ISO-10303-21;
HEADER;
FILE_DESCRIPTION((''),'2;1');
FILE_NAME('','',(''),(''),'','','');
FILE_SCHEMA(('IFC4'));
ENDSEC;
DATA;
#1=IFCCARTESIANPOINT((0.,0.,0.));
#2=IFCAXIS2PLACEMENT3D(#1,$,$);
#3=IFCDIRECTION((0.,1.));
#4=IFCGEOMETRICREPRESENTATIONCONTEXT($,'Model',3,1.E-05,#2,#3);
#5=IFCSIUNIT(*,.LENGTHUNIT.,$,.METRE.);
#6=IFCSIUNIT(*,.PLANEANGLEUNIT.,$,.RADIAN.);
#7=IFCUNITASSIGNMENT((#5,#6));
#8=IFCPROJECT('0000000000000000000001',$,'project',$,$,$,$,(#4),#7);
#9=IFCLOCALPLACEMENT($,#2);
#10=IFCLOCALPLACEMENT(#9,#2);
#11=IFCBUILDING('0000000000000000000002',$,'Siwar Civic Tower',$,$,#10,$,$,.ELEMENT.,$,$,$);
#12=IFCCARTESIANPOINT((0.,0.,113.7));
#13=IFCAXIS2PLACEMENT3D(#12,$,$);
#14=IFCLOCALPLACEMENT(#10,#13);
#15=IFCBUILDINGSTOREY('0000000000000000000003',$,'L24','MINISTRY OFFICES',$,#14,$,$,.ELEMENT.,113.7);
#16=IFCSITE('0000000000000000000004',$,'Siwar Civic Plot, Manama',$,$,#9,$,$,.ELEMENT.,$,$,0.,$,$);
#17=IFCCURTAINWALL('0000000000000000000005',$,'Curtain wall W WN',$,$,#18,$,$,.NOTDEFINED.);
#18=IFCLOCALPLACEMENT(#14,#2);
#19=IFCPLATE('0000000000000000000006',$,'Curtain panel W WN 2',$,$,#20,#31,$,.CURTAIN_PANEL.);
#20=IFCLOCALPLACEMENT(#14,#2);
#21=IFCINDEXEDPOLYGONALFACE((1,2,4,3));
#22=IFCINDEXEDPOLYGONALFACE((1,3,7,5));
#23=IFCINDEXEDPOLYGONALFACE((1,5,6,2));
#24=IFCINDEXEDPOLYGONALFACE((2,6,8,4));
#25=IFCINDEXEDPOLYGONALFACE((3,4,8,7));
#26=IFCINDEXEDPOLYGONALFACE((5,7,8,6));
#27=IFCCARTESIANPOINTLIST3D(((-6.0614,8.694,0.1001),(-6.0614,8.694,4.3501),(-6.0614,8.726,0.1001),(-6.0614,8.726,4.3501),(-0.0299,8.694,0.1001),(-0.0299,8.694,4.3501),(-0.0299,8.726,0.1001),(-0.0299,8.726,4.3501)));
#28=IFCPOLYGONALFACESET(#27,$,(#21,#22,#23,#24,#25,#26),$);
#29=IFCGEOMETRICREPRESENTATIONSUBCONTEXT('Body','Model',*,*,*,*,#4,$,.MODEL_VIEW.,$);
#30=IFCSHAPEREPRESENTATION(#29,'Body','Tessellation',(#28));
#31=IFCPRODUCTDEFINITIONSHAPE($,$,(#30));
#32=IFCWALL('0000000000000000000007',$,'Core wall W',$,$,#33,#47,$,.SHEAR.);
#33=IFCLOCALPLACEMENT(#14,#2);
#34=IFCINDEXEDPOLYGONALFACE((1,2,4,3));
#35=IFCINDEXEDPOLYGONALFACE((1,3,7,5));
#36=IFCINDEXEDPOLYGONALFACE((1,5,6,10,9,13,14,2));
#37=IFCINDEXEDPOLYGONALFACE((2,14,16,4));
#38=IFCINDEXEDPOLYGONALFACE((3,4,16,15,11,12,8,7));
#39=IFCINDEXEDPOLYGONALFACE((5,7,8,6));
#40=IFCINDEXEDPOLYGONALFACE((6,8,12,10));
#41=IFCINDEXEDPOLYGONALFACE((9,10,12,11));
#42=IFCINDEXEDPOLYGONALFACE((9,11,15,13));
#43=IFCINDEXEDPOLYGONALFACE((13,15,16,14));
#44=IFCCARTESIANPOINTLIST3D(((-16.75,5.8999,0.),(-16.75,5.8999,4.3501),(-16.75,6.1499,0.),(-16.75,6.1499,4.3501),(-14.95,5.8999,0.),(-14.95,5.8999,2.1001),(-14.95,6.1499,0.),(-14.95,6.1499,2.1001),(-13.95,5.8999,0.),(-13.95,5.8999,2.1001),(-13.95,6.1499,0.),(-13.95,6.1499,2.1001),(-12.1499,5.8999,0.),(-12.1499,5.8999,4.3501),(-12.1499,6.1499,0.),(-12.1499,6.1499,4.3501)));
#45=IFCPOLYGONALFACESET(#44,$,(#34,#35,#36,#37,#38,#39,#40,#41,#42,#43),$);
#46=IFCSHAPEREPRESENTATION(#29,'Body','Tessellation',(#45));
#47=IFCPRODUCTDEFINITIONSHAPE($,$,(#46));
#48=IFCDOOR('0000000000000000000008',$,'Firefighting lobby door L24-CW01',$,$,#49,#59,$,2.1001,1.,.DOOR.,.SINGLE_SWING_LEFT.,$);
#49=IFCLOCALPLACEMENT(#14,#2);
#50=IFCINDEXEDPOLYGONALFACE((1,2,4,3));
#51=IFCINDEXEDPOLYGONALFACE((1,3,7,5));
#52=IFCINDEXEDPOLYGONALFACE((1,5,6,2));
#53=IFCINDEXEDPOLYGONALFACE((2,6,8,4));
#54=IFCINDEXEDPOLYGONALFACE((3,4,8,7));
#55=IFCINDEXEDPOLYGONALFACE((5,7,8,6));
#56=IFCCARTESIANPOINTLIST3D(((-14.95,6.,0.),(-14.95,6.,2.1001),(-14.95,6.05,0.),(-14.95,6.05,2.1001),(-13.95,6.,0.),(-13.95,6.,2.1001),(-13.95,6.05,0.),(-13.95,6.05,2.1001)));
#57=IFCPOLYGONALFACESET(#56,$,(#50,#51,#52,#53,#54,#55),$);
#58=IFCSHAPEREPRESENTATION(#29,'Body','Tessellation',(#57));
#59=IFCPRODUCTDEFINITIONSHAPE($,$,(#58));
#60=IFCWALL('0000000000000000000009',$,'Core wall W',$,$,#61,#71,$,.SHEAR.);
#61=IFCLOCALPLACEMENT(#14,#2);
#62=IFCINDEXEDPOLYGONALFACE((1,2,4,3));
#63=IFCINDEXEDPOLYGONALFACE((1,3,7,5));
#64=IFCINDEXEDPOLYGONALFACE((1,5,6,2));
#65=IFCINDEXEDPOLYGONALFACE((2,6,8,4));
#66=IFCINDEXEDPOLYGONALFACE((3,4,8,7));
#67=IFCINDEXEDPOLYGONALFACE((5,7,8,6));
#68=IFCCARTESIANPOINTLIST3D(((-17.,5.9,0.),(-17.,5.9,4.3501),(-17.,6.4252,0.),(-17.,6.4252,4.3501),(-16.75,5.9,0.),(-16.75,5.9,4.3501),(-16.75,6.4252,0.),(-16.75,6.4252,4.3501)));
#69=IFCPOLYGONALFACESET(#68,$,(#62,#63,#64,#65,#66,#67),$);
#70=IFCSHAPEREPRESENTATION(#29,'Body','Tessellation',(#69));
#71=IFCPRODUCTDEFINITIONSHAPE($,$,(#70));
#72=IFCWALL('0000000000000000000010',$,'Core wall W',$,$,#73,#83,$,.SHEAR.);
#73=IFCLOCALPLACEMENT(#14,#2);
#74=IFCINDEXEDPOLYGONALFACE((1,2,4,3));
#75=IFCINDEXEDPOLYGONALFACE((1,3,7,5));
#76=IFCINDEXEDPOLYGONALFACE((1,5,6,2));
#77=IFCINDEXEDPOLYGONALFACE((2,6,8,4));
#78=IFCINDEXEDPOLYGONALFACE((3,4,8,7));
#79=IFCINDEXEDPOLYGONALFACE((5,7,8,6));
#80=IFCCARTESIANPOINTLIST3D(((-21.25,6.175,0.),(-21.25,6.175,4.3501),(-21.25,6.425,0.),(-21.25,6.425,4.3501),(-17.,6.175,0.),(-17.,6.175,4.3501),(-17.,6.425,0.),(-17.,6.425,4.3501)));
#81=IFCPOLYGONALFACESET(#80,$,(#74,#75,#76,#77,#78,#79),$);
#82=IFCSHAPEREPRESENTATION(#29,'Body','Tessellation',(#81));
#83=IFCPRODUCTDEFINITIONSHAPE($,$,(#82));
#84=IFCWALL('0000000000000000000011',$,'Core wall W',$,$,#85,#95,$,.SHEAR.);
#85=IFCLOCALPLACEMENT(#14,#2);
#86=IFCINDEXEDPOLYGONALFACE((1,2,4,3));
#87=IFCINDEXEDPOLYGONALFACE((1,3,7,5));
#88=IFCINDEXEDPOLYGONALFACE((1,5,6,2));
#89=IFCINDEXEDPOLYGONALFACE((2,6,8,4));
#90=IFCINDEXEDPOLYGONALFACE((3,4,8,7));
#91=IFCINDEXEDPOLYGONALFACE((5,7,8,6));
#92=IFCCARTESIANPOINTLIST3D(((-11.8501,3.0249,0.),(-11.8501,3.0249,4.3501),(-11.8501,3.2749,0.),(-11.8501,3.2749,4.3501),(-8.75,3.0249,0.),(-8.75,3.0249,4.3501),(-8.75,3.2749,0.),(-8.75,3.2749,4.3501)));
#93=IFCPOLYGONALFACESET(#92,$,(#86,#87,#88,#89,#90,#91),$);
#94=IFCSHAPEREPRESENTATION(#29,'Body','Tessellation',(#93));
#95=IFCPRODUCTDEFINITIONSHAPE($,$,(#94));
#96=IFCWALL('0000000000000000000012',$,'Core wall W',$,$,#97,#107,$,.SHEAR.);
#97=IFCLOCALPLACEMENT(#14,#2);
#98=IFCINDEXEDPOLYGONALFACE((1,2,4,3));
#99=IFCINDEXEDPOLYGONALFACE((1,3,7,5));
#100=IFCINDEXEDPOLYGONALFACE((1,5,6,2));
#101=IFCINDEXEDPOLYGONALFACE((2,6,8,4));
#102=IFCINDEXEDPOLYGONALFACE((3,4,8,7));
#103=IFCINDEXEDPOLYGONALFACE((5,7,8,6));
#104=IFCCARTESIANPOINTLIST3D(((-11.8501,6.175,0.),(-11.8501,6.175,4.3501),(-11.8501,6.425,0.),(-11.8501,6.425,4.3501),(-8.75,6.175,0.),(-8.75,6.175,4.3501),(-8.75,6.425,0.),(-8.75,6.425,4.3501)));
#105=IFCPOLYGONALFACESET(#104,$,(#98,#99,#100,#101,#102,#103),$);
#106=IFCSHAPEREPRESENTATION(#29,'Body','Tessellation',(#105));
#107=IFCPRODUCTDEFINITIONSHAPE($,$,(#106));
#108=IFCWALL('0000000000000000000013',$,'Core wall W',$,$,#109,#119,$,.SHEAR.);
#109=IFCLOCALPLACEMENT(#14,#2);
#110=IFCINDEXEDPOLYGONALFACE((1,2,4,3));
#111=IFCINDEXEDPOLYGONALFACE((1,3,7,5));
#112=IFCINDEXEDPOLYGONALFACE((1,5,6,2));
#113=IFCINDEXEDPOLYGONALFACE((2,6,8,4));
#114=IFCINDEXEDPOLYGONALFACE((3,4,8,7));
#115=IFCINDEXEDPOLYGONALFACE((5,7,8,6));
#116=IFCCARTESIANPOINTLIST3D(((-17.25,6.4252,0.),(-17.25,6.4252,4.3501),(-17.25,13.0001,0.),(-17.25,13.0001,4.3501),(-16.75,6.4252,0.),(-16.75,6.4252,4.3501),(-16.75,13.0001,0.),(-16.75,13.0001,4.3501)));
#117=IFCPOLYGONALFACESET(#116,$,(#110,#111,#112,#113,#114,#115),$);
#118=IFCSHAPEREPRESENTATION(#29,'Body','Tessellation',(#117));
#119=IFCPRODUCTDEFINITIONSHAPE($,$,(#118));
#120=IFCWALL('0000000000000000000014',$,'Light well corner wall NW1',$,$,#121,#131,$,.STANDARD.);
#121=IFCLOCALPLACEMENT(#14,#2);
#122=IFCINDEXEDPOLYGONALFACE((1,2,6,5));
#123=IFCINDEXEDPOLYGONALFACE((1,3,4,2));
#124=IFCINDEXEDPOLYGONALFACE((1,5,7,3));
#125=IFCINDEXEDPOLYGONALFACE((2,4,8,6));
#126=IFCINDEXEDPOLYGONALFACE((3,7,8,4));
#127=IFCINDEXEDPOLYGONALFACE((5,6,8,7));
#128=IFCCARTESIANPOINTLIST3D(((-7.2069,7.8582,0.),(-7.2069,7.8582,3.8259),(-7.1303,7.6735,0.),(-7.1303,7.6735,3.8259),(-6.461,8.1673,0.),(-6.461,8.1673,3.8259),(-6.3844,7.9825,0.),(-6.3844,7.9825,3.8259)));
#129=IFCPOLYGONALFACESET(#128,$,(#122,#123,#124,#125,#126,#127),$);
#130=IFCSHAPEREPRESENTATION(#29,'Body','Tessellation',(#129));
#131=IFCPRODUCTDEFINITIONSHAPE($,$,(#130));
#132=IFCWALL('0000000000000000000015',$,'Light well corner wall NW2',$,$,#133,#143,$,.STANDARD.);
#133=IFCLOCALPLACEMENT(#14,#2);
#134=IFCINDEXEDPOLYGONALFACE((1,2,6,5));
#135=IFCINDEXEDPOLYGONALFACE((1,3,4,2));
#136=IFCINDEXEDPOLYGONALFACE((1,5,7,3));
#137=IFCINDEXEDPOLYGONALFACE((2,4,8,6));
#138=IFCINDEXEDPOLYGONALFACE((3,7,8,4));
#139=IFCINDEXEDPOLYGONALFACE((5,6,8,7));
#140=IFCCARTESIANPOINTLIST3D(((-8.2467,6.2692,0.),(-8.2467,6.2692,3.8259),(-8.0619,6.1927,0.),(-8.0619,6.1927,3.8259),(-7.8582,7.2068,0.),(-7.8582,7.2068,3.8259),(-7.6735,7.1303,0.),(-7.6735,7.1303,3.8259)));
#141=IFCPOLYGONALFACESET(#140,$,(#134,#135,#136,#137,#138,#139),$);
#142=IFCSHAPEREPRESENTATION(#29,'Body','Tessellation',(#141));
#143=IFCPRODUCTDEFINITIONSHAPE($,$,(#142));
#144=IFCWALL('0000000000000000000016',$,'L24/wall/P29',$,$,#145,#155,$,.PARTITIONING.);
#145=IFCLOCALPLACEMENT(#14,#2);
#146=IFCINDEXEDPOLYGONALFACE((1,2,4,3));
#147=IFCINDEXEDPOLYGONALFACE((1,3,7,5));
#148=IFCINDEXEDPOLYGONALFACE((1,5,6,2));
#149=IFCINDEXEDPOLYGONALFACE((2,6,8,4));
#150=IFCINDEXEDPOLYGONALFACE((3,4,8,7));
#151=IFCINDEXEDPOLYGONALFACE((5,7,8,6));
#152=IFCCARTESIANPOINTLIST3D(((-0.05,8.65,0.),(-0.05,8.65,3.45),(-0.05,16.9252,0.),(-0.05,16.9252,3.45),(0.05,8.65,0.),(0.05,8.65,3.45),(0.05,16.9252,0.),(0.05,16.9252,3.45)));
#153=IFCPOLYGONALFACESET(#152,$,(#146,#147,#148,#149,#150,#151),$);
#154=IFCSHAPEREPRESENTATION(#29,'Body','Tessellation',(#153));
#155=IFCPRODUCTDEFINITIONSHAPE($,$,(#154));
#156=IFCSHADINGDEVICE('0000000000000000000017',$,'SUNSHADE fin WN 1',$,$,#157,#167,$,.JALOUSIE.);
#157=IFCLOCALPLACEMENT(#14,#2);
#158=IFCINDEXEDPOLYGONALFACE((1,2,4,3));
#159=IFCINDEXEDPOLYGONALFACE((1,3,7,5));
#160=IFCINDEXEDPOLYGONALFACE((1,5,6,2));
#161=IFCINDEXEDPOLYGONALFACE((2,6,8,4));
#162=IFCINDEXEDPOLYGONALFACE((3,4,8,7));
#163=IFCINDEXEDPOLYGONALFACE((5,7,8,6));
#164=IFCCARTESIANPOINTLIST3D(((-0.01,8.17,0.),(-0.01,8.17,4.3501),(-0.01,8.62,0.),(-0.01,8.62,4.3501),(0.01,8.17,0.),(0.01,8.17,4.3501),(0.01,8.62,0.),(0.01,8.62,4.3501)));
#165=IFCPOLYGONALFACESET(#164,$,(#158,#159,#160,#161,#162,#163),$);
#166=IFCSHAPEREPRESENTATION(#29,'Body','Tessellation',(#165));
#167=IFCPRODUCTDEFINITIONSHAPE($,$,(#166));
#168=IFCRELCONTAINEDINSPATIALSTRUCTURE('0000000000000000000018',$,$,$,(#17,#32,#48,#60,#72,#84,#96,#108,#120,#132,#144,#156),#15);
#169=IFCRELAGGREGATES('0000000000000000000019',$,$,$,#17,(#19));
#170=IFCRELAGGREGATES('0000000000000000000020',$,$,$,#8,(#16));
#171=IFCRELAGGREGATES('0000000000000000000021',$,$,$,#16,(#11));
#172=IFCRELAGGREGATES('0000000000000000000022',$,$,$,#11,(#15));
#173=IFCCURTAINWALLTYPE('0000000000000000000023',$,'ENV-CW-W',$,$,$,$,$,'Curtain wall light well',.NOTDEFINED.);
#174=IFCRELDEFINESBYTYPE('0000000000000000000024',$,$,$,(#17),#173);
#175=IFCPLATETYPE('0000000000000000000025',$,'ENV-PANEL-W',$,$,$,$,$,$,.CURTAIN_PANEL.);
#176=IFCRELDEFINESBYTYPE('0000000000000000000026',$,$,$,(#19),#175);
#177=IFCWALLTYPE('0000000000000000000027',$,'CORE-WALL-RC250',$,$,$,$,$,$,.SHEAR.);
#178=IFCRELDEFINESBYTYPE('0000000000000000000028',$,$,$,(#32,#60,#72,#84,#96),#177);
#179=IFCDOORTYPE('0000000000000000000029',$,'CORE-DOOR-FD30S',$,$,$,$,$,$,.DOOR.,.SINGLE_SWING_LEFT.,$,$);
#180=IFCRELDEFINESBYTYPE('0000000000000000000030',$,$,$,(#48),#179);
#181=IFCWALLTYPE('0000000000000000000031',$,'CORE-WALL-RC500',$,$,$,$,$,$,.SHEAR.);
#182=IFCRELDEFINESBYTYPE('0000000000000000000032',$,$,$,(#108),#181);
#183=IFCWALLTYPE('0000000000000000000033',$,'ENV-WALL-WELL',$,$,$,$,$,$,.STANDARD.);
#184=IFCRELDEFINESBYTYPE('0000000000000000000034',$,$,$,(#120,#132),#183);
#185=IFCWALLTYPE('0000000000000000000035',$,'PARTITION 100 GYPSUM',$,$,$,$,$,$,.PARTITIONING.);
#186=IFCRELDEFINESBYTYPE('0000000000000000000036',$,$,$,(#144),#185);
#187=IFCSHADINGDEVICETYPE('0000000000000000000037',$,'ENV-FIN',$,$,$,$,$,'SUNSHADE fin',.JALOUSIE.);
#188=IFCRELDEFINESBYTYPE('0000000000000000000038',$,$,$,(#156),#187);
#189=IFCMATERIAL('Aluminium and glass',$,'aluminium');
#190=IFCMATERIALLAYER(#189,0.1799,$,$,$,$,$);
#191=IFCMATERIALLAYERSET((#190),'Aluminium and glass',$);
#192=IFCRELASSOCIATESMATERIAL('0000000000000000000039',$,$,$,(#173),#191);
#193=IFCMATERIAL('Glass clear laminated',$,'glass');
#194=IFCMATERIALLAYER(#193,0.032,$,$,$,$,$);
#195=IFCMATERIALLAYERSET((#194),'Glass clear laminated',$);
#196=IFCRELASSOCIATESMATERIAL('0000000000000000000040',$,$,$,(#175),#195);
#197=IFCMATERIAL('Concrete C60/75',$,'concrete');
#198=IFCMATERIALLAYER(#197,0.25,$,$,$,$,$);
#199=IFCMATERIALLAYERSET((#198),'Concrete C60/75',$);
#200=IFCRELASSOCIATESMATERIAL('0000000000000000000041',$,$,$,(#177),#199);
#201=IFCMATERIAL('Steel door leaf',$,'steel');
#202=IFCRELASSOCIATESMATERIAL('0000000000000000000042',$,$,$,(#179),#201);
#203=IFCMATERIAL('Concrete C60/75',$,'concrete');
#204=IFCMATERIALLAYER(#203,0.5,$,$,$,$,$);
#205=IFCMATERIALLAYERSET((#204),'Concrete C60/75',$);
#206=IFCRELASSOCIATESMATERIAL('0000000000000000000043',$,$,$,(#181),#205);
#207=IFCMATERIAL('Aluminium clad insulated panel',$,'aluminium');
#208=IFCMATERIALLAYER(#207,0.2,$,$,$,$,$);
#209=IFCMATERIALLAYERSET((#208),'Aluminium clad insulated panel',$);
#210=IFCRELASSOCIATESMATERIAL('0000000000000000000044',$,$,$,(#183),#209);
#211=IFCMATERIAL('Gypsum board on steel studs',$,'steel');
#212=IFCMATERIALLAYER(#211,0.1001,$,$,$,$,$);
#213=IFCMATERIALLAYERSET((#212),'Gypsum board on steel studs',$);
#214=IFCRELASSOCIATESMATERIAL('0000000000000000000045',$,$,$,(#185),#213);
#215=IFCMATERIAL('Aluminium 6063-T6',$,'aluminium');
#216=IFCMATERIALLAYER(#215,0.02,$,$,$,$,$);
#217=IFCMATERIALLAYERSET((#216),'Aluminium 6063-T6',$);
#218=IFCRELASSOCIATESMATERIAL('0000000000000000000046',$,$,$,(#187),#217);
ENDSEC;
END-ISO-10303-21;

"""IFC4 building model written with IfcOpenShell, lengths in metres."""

from ifc_helpers import new_model, si_unit, direction, frame, frame_2d, origin, origin_2d, place, context, subcontext, project, spatial, rectangle, extrude, material, layer, layer_set, type_object, element, fill, aggregate, save


model = new_model("IFC4")

# Units and contexts
model_context = context("Model", 3, precision=1e-05, world=origin(), true_north=direction((0.0, 1.0)))
body_context = subcontext(model_context, "Body", "Model", "MODEL_VIEW")
ifc_project = project(units=[si_unit("LENGTHUNIT", "METRE"), si_unit("PLANEANGLEUNIT", "RADIAN")], contexts=[model_context])

# Site, building, storey
site_placement = place(None, origin())
site = spatial("IfcSite", under=ifc_project, at=site_placement, Name="Siwar Civic Plot, Manama", CompositionType="ELEMENT", RefElevation=0.0)
building_placement = place(site_placement, origin())
building = spatial("IfcBuilding", under=site, at=building_placement, Name="Siwar Civic Tower", CompositionType="ELEMENT")
storey_placement = place(building_placement, frame((0.0, 0.0, 113.7)))
storey = spatial("IfcBuildingStorey", under=building, at=storey_placement, Name="L24", Description="MINISTRY OFFICES", CompositionType="ELEMENT", Elevation=113.7)

# Curtain wall
ifc_material_1 = material(Name="Aluminium and glass", Category="aluminium")
ifc_layer_1 = layer(ifc_material_1, 0.1799)
ifc_layer_set_1 = layer_set([ifc_layer_1], Name="Aluminium and glass")
curtain_wall_type = type_object("IfcCurtainWallType", Name="ENV-CW-W", ElementType="Curtain wall light well", PredefinedType="NOTDEFINED", material=ifc_layer_set_1)
curtain_wall_placement = place(storey_placement, origin())
curtain_wall = element("IfcCurtainWall", 1, at=curtain_wall_placement, inside=storey, type_object=curtain_wall_type, Name="Curtain wall W WN", PredefinedType="NOTDEFINED")

# Plate
ifc_material_2 = material(Name="Glass clear laminated", Category="glass")
ifc_layer_2 = layer(ifc_material_2, 0.032)
ifc_layer_set_2 = layer_set([ifc_layer_2], Name="Glass clear laminated")
plate_type = type_object("IfcPlateType", Name="ENV-PANEL-W", PredefinedType="CURTAIN_PANEL", material=ifc_layer_set_2)
plate_placement = place(storey_placement, frame((-3.0457, 8.71, 0.1001), z_axis=(0.0, 0.0, 1.0), x_axis=(-1.0, 0.0, 0.0)))
plate = element("IfcPlate", 2, at=plate_placement, type_object=plate_type, Name="Curtain panel W WN 2", PredefinedType="CURTAIN_PANEL", context=body_context, shape_type="SweptSolid", body=[
    extrude(rectangle(XDim=6.0315, YDim=0.032, at=origin_2d()), origin(), (0.0, 0.0, 1.0), 4.25),
])
aggregate(curtain_wall, [plate])

# Wall, opening, door
ifc_material_3 = material(Name="Concrete C60/75", Category="concrete")
ifc_layer_3 = layer(ifc_material_3, 0.25)
ifc_layer_set_3 = layer_set([ifc_layer_3], Name="Concrete C60/75")
wall_type_1 = type_object("IfcWallType", Name="CORE-WALL-RC250", PredefinedType="SHEAR", material=ifc_layer_set_3)
wall_1_placement = place(storey_placement, frame((-12.1499, 6.0249, 0.0), z_axis=(0.0, 0.0, 1.0), x_axis=(-1.0, 0.0, 0.0)))
wall_1 = element("IfcWall", 3, at=wall_1_placement, inside=storey, type_object=wall_type_1, Name="Core wall W", PredefinedType="SHEAR", context=body_context, shape_type="SweptSolid", body=[
    extrude(rectangle(XDim=4.6001, YDim=0.25, at=frame_2d((2.3, 0.0))), origin(), (0.0, 0.0, 1.0), 4.3501),
])
opening_placement = place(wall_1_placement, frame((1.8, 0.0, 0.0)))
opening = element("IfcOpeningElement", 4, at=opening_placement, cuts=wall_1, PredefinedType="OPENING", context=body_context, shape_type="SweptSolid", body=[
    extrude(rectangle(XDim=1.0, YDim=2.1001, at=frame_2d((0.5, 1.05))), frame((0.0, 0.135, 0.0), z_axis=(0.0, -1.0, 0.0), x_axis=(1.0, 0.0, 0.0)), (0.0, 0.0, 1.0), 0.27),
])
ifc_material_4 = material(Name="Steel door leaf", Category="steel")
door_type = type_object("IfcDoorType", Name="CORE-DOOR-FD30S", OperationType="SINGLE_SWING_LEFT", PredefinedType="DOOR", material=ifc_material_4)
door_placement = place(opening_placement, origin())
door = element("IfcDoor", 5, at=door_placement, inside=storey, type_object=door_type, Name="Firefighting lobby door L24-CW01", OperationType="SINGLE_SWING_LEFT", OverallHeight=2.1001, OverallWidth=1.0, PredefinedType="DOOR", context=body_context, shape_type="SweptSolid", body=[
    extrude(rectangle(XDim=1.0, YDim=2.1001, at=frame_2d((0.5, 1.05))), frame((0.0, 0.0249, 0.0), z_axis=(0.0, -1.0, 0.0), x_axis=(1.0, 0.0, 0.0)), (0.0, 0.0, 1.0), 0.05),
])
fill(opening, door)

# Walls
wall_2_placement = place(storey_placement, frame((-16.875, 5.8999, 0.0), z_axis=(0.0, 0.0, 1.0), x_axis=(0.0, 1.0, 0.0)))
element("IfcWall", 6, at=wall_2_placement, inside=storey, type_object=wall_type_1, Name="Core wall W", PredefinedType="SHEAR", context=body_context, shape_type="SweptSolid", body=[
    extrude(rectangle(XDim=0.5251, YDim=0.25, at=frame_2d((0.2627, 0.0))), origin(), (0.0, 0.0, 1.0), 4.3501),
])
wall_3_placement = place(storey_placement, frame((-17.0, 6.3, 0.0), z_axis=(0.0, 0.0, 1.0), x_axis=(-1.0, 0.0, 0.0)))
element("IfcWall", 7, at=wall_3_placement, inside=storey, type_object=wall_type_1, Name="Core wall W", PredefinedType="SHEAR", context=body_context, shape_type="SweptSolid", body=[
    extrude(rectangle(XDim=4.25, YDim=0.25, at=frame_2d((2.125, 0.0))), origin(), (0.0, 0.0, 1.0), 4.3501),
])
for number, where, z_axis, x_axis, name in (
    (8, (-8.75, 3.1499, 0.0), (0.0, 0.0, 1.0), (-1.0, 0.0, 0.0), "Core wall W"),
    (9, (-8.75, 6.3, 0.0), (0.0, 0.0, 1.0), (-1.0, 0.0, 0.0), "Core wall W"),
):
    element("IfcWall", number, at=place(storey_placement, frame(where, z_axis=z_axis, x_axis=x_axis)), inside=storey, type_object=wall_type_1, Name=name, PredefinedType="SHEAR", context=body_context, shape_type="SweptSolid", body=[
        extrude(rectangle(XDim=3.1001, YDim=0.25, at=frame_2d((1.55, 0.0))), origin(), (0.0, 0.0, 1.0), 4.3501),
    ])
ifc_material_5 = material(Name="Concrete C60/75", Category="concrete")
ifc_layer_4 = layer(ifc_material_5, 0.5)
ifc_layer_set_4 = layer_set([ifc_layer_4], Name="Concrete C60/75")
wall_type_2 = type_object("IfcWallType", Name="CORE-WALL-RC500", PredefinedType="SHEAR", material=ifc_layer_set_4)
wall_4_placement = place(storey_placement, frame((-17.0, 6.425, 0.0), z_axis=(0.0, 0.0, 1.0), x_axis=(0.0, 1.0, 0.0)))
element("IfcWall", 10, at=wall_4_placement, inside=storey, type_object=wall_type_2, Name="Core wall W", PredefinedType="SHEAR", context=body_context, shape_type="SweptSolid", body=[
    extrude(rectangle(XDim=6.575, YDim=0.5, at=frame_2d((3.2876, 0.0))), origin(), (0.0, 0.0, 1.0), 4.3501),
])
ifc_material_6 = material(Name="Aluminium clad insulated panel", Category="aluminium")
ifc_layer_5 = layer(ifc_material_6, 0.2)
ifc_layer_set_5 = layer_set([ifc_layer_5], Name="Aluminium clad insulated panel")
wall_type_3 = type_object("IfcWallType", Name="ENV-WALL-WELL", PredefinedType="STANDARD", material=ifc_layer_set_5)
wall_5_placement = place(storey_placement, frame((-6.4226, 8.075, 0.0), z_axis=(0.0, 0.0, 1.0), x_axis=(-0.923818, -0.382833, 0.0)))
element("IfcWall", 11, at=wall_5_placement, inside=storey, type_object=wall_type_3, Name="Light well corner wall NW1", PredefinedType="STANDARD", context=body_context, shape_type="SweptSolid", body=[
    extrude(rectangle(XDim=0.8074, YDim=0.2, at=frame_2d((0.4038, 0.0))), origin(), (0.0, 0.0, 1.0), 3.8259),
])
wall_6_placement = place(storey_placement, frame((-7.7659, 7.1685, 0.0), z_axis=(0.0, 0.0, 1.0), x_axis=(-0.38277, -0.923844, 0.0)))
element("IfcWall", 12, at=wall_6_placement, inside=storey, type_object=wall_type_3, Name="Light well corner wall NW2", PredefinedType="STANDARD", context=body_context, shape_type="SweptSolid", body=[
    extrude(rectangle(XDim=1.0149, YDim=0.2, at=frame_2d((0.5073, 0.0))), origin(), (0.0, 0.0, 1.0), 3.8259),
])
ifc_material_7 = material(Name="Gypsum board on steel studs", Category="steel")
ifc_layer_6 = layer(ifc_material_7, 0.1001)
ifc_layer_set_6 = layer_set([ifc_layer_6], Name="Gypsum board on steel studs")
wall_type_4 = type_object("IfcWallType", Name="PARTITION 100 GYPSUM", PredefinedType="PARTITIONING", material=ifc_layer_set_6)
wall_7_placement = place(storey_placement, frame((0.0, 8.6499, 0.0), z_axis=(0.0, 0.0, 1.0), x_axis=(0.0, 1.0, 0.0)))
element("IfcWall", 13, at=wall_7_placement, inside=storey, type_object=wall_type_4, Name="L24/wall/P29", PredefinedType="PARTITIONING", context=body_context, shape_type="SweptSolid", body=[
    extrude(rectangle(XDim=8.2751, YDim=0.1001, at=frame_2d((4.1377, 0.0))), origin(), (0.0, 0.0, 1.0), 3.45),
])

# Shading device
ifc_material_8 = material(Name="Aluminium 6063-T6", Category="aluminium")
ifc_layer_7 = layer(ifc_material_8, 0.02)
ifc_layer_set_7 = layer_set([ifc_layer_7], Name="Aluminium 6063-T6")
shading_device_type = type_object("IfcShadingDeviceType", Name="ENV-FIN", ElementType="SUNSHADE fin", PredefinedType="JALOUSIE", material=ifc_layer_set_7)
shading_device_placement = place(storey_placement, frame((0.0, 8.395, 0.0), z_axis=(0.0, 0.0, 1.0), x_axis=(-1.0, 0.0, 0.0)))
element("IfcShadingDevice", 14, at=shading_device_placement, inside=storey, type_object=shading_device_type, Name="SUNSHADE fin WN 1", PredefinedType="JALOUSIE", context=body_context, shape_type="SweptSolid", body=[
    extrude(rectangle(XDim=0.02, YDim=0.45, at=origin_2d()), origin(), (0.0, 0.0, 1.0), 4.3501),
])

save(model, "model.ifc")
